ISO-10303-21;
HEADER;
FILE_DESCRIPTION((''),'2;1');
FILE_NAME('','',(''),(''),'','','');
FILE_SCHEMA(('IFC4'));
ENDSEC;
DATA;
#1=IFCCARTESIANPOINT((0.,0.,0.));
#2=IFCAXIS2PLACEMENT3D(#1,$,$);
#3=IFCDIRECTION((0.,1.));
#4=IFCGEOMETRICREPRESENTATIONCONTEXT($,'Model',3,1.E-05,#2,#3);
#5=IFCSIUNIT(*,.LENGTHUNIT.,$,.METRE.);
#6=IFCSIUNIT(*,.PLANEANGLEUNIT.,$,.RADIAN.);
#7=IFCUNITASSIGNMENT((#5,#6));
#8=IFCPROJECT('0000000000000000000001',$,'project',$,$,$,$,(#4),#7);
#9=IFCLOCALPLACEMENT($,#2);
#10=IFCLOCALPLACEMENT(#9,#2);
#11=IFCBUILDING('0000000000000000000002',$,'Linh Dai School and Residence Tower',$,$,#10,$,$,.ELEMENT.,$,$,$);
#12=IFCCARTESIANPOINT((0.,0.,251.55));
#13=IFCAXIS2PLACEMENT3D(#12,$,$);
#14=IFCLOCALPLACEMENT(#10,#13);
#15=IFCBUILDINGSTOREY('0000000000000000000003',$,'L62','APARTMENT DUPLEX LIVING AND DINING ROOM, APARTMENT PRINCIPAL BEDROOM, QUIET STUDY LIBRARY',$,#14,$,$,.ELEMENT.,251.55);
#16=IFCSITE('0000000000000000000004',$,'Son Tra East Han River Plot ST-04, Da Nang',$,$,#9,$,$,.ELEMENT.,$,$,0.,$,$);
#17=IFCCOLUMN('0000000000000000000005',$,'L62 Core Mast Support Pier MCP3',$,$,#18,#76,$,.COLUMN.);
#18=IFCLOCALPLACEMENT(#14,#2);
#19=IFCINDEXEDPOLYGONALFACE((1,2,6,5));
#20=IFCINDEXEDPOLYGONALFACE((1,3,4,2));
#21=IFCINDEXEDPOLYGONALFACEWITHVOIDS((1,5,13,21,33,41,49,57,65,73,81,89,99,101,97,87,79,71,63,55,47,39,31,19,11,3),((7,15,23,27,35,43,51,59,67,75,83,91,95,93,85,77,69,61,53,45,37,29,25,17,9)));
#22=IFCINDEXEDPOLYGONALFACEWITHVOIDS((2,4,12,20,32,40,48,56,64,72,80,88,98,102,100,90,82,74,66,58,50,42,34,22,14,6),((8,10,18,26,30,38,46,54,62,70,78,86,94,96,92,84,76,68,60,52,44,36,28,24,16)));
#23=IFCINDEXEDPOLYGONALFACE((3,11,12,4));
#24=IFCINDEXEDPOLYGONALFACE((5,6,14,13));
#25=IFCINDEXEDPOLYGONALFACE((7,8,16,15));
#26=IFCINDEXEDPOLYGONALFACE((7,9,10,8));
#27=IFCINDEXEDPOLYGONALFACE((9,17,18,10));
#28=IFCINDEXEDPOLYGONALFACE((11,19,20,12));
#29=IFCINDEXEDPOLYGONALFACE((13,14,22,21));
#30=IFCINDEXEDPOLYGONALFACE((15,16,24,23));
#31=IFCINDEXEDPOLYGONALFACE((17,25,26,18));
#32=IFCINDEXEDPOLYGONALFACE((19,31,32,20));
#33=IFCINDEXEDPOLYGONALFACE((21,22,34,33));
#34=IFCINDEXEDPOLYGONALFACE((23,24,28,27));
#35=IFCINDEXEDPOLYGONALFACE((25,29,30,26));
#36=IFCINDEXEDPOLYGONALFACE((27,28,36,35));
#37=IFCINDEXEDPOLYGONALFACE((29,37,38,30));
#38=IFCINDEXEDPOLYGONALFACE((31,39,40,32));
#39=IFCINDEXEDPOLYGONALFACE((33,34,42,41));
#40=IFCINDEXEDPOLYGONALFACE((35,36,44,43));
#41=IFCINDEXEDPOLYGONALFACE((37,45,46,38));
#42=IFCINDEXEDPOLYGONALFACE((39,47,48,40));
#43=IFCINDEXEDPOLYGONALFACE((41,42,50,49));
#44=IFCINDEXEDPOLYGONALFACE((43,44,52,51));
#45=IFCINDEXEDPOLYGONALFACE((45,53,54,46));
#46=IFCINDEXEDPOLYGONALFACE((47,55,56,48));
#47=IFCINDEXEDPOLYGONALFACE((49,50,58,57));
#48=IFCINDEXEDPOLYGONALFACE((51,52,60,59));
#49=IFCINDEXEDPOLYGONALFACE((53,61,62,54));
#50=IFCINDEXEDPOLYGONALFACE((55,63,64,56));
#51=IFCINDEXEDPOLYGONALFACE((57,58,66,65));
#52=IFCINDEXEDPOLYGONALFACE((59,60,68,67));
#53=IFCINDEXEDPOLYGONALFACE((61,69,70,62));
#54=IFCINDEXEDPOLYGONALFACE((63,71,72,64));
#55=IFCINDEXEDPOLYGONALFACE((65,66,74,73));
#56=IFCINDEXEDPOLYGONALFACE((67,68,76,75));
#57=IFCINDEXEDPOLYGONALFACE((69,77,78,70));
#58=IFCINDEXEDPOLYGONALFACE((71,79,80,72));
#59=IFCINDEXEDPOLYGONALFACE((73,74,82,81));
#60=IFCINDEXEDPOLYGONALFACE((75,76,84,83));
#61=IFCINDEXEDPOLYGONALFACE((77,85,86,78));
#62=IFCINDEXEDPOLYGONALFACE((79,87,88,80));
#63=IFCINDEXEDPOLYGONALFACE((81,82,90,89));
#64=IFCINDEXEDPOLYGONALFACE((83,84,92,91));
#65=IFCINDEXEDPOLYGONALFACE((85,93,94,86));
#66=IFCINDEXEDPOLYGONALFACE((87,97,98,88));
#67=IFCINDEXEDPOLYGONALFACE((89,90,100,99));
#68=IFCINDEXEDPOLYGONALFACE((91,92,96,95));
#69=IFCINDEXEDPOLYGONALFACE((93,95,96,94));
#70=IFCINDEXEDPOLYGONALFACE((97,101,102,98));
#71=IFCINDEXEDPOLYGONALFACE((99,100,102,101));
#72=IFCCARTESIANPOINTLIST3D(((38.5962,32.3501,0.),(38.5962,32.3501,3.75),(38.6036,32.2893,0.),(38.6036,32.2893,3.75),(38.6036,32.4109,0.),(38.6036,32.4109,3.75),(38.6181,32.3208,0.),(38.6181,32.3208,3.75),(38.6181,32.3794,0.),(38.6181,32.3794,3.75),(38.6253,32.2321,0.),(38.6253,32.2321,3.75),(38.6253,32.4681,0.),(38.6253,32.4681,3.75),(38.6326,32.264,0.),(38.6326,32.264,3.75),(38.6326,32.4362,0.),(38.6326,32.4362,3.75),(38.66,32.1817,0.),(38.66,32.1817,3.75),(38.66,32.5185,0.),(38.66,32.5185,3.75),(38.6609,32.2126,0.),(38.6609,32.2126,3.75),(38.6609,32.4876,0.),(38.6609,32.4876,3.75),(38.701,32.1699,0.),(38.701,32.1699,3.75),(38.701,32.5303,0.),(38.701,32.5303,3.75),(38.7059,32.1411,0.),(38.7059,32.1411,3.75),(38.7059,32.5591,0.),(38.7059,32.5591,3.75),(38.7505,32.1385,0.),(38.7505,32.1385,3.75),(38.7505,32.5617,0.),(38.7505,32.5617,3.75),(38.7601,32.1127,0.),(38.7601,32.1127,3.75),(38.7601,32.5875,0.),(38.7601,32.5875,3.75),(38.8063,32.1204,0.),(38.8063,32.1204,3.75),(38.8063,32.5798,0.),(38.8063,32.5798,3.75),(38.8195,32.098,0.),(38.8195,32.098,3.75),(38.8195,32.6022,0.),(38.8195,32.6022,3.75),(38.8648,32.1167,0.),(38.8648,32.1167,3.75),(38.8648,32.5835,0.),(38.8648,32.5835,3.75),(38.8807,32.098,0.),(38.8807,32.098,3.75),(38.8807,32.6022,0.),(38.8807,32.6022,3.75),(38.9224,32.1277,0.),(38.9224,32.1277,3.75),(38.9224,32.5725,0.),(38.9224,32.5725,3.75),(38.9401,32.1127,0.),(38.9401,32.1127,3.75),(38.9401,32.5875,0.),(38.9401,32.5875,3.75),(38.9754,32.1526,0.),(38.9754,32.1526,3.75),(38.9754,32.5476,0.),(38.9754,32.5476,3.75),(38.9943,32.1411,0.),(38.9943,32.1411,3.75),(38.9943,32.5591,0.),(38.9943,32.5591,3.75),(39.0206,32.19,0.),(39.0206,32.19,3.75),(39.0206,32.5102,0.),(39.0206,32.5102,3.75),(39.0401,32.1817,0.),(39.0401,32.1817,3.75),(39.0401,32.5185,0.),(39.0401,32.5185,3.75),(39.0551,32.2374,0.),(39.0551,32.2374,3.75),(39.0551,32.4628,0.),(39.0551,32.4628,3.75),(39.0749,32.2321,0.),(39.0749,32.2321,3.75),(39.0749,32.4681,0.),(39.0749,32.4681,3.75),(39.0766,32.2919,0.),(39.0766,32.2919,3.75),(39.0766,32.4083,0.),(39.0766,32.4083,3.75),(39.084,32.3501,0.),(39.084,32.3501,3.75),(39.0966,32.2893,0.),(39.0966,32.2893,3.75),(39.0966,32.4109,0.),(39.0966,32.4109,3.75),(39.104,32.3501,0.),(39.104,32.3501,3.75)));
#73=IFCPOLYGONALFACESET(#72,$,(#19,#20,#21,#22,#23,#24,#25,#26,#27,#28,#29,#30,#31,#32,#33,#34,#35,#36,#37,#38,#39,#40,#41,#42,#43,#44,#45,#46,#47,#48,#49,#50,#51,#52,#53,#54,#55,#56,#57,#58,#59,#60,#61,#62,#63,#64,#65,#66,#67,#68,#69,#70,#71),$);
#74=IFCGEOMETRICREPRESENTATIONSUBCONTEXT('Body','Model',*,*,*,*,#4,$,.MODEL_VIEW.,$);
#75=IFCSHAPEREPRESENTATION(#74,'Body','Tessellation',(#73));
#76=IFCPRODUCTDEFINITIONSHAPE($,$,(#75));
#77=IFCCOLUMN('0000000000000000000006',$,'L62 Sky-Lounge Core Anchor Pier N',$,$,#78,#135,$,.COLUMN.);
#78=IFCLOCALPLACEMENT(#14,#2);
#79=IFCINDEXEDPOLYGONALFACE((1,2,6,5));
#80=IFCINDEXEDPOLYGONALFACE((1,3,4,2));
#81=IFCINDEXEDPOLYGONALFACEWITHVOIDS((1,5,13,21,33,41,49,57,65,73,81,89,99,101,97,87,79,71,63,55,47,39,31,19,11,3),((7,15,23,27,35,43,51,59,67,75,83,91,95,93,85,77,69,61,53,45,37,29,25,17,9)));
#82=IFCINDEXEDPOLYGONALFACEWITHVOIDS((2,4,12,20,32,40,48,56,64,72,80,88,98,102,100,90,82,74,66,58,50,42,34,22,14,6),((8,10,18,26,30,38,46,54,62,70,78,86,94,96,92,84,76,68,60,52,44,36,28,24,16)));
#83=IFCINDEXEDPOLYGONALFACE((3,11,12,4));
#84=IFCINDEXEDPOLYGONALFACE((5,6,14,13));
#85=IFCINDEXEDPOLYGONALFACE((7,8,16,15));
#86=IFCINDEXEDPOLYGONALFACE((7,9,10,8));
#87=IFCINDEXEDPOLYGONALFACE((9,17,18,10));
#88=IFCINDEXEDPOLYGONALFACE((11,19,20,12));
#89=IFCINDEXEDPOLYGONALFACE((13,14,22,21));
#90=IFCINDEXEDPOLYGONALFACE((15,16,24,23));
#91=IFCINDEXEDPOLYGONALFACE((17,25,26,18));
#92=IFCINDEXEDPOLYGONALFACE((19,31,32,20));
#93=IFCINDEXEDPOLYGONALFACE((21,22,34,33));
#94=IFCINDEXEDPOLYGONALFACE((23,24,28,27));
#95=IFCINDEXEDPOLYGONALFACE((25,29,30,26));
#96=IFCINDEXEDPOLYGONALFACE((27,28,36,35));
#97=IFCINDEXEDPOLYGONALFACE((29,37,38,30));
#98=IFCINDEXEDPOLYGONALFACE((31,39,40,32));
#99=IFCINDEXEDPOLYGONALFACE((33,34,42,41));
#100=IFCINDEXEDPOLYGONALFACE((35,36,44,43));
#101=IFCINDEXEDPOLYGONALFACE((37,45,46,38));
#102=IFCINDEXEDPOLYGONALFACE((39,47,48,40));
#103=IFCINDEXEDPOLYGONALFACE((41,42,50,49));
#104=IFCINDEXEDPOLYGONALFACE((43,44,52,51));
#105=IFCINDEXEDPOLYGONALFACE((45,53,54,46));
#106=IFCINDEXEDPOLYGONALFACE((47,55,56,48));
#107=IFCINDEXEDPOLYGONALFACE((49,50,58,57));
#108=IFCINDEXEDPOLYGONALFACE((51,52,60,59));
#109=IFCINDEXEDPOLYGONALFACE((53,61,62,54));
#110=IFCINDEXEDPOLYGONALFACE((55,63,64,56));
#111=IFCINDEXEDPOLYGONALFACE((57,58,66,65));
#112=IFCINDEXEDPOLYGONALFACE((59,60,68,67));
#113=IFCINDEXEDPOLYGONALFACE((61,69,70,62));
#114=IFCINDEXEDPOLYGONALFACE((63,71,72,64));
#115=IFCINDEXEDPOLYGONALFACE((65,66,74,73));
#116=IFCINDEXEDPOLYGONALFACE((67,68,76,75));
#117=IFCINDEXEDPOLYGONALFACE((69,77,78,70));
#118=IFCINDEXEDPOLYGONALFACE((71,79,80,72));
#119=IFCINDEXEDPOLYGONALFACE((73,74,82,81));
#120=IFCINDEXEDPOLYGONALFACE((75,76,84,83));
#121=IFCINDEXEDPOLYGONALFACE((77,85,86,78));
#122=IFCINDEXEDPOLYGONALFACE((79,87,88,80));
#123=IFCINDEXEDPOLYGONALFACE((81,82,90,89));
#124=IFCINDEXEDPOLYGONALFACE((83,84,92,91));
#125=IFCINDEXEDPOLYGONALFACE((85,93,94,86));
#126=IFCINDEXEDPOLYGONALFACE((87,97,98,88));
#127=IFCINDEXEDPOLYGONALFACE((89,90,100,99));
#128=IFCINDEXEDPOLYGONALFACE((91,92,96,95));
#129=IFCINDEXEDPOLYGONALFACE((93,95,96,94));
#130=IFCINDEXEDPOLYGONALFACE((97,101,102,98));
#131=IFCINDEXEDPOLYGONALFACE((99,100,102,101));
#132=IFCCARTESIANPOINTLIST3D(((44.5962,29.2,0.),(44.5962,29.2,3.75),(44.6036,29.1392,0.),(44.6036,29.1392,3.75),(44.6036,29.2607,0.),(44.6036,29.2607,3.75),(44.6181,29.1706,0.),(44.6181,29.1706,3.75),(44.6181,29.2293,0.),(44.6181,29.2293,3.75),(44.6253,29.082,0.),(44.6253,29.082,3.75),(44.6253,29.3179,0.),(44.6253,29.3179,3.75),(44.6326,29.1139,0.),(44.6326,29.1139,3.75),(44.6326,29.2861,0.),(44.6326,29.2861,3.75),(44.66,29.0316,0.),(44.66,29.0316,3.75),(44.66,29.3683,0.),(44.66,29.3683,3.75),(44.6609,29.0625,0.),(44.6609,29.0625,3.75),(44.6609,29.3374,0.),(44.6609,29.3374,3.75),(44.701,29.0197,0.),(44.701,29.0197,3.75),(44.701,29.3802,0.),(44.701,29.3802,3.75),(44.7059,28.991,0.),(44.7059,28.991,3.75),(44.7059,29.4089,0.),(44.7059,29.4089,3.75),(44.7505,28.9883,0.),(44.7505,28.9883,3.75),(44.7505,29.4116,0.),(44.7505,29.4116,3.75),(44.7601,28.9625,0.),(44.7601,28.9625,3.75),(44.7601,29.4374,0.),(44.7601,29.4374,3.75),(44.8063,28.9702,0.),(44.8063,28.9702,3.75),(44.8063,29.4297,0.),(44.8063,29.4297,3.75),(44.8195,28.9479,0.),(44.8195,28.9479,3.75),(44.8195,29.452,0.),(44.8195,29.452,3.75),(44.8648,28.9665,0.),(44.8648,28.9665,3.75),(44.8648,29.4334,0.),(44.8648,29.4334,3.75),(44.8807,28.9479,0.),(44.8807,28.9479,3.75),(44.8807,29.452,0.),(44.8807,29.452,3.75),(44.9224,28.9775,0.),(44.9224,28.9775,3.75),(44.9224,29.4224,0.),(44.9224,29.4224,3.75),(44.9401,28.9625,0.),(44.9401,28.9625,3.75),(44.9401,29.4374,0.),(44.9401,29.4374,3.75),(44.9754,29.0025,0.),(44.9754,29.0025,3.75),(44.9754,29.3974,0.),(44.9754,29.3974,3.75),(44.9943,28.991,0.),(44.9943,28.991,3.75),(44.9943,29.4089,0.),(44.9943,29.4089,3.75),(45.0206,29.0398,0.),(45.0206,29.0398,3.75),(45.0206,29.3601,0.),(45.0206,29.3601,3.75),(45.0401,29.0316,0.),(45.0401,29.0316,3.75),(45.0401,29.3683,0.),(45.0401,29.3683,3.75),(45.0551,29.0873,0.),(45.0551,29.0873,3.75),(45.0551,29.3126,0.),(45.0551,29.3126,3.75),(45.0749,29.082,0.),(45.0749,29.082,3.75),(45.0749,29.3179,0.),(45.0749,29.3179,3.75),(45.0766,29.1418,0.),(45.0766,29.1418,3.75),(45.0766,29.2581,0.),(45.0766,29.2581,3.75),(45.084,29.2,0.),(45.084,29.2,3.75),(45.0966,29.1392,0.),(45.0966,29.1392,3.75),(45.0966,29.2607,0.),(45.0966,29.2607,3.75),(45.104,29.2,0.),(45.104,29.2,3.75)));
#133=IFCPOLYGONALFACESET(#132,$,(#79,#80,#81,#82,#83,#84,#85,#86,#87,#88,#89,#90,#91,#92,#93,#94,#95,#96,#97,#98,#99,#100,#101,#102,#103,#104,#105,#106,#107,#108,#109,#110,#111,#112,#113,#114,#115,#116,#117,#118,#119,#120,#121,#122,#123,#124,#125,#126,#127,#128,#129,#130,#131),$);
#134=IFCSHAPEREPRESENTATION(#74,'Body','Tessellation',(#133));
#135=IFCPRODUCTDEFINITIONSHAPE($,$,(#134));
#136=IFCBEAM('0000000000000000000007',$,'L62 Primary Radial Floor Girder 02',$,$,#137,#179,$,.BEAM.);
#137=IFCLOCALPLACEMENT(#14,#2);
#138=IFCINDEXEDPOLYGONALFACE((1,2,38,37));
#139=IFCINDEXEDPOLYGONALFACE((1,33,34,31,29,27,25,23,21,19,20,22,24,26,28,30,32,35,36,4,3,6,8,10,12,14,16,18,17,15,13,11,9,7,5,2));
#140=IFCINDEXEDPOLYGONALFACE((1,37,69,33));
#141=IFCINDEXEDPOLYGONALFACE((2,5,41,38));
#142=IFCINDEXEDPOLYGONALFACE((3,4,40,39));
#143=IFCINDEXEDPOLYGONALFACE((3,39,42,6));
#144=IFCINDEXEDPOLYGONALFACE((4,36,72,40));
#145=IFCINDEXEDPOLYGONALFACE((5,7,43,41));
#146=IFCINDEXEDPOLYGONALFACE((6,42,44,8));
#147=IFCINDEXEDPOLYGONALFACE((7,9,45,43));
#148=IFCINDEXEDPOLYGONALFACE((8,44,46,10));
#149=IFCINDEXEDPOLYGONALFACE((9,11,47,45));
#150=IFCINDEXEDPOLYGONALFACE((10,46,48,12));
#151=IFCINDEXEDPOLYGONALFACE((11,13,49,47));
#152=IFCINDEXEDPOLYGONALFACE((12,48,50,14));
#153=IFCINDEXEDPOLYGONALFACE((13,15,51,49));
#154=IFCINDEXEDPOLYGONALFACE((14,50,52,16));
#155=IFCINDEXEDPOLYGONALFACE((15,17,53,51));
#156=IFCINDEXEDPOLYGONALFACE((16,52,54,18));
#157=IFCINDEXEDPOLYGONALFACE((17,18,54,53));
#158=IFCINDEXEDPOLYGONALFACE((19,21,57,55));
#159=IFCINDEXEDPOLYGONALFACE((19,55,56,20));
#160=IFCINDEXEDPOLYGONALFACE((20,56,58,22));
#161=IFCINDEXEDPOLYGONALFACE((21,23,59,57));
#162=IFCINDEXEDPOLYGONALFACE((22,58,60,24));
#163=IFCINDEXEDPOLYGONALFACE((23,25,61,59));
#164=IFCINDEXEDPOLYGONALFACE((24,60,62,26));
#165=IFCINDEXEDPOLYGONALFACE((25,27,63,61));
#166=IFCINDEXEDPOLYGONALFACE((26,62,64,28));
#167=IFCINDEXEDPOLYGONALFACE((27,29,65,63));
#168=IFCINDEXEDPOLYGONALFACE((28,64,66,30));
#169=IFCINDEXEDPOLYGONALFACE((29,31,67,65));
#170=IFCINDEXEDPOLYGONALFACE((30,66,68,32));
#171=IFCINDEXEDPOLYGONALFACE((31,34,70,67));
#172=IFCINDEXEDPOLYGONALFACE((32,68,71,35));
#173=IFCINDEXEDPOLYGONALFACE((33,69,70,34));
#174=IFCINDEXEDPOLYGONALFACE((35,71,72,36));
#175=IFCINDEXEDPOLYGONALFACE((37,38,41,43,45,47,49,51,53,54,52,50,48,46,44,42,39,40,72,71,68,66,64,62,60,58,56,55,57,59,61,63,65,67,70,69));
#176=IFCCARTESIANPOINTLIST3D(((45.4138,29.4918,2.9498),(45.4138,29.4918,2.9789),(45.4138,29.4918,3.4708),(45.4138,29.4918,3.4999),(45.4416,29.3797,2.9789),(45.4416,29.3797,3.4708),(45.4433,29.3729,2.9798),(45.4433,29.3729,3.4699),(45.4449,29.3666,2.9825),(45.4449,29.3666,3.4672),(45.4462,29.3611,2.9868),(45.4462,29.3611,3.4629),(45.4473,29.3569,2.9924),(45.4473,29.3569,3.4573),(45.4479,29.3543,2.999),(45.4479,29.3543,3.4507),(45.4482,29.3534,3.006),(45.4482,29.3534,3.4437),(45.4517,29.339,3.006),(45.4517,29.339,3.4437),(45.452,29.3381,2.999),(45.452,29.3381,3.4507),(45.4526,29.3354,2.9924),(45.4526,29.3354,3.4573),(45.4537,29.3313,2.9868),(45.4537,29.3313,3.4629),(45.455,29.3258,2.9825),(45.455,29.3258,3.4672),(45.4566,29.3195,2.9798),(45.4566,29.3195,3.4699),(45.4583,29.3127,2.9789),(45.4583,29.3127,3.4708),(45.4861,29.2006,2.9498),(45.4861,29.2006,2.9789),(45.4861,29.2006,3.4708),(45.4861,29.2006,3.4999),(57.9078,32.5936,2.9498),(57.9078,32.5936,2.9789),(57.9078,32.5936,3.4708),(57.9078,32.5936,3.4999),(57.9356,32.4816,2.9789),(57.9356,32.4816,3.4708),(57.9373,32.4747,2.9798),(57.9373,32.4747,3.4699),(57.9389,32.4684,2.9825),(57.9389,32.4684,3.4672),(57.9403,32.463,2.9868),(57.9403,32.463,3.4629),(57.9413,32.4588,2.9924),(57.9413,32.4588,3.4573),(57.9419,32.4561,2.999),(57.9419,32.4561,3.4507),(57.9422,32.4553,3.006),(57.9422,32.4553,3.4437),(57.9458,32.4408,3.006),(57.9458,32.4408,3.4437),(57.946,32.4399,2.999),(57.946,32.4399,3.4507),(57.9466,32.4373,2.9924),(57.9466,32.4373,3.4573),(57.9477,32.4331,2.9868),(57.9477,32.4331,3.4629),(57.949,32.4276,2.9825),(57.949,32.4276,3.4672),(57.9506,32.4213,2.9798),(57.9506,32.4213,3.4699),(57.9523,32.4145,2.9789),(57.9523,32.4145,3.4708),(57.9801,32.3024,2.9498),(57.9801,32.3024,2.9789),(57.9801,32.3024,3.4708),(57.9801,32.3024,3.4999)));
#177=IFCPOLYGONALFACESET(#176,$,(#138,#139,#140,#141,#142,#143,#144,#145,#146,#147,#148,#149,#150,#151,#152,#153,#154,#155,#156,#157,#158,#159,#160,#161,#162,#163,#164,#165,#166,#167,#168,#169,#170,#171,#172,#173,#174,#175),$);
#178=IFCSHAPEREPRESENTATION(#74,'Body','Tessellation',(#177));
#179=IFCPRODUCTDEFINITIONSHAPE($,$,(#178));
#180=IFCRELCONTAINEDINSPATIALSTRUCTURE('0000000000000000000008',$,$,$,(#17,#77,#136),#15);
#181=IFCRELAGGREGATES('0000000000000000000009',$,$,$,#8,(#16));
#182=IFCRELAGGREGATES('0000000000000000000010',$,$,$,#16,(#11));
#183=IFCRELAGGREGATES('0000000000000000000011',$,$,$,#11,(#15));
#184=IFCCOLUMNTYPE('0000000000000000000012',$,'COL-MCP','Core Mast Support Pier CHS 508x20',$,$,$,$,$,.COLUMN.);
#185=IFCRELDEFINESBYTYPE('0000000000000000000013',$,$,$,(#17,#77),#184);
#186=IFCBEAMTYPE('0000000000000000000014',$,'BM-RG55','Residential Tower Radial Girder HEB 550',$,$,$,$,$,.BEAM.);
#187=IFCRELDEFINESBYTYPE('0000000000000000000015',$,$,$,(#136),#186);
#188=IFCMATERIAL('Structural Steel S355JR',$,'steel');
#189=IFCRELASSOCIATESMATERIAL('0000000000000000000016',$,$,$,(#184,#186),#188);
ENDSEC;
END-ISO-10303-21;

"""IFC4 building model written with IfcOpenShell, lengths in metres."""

from ifc_helpers import new_model, si_unit, direction, frame, origin, origin_2d, place, context, subcontext, project, spatial, hollow_circle, i_section, extrude, material, material_profile, profile_set, type_object, element, save


model = new_model("IFC4")

# Units and contexts
model_context = context("Model", 3, precision=1e-05, world=origin(), true_north=direction((0.0, 1.0)))
body_context = subcontext(model_context, "Body", "Model", "MODEL_VIEW")
ifc_project = project(units=[si_unit("LENGTHUNIT", "METRE"), si_unit("PLANEANGLEUNIT", "RADIAN")], contexts=[model_context])

# Site, building, storey
site_placement = place(None, origin())
site = spatial("IfcSite", under=ifc_project, at=site_placement, Name="Son Tra East Han River Plot ST-04, Da Nang", CompositionType="ELEMENT", RefElevation=0.0)
building_placement = place(site_placement, origin())
building = spatial("IfcBuilding", under=site, at=building_placement, Name="Linh Dai School and Residence Tower", CompositionType="ELEMENT")
storey_placement = place(building_placement, frame((0.0, 0.0, 251.55)))
storey = spatial("IfcBuildingStorey", under=building, at=storey_placement, Name="L62", Description="APARTMENT DUPLEX LIVING AND DINING ROOM, APARTMENT PRINCIPAL BEDROOM, QUIET STUDY LIBRARY", CompositionType="ELEMENT", Elevation=251.55)

# Columns
ifc_material_1 = material(Name="Structural Steel S355JR", Category="steel")
ifc_material_profile_1 = material_profile(ifc_material_1, hollow_circle(Radius=0.2539, WallThickness=0.02, at=origin_2d()), Name="CHS 508x20")
ifc_profile_set_1 = profile_set([ifc_material_profile_1], Name="Structural Steel S355JR")
column_type_1 = type_object("IfcColumnType", Name="COL-MCP", Description="Core Mast Support Pier CHS 508x20", PredefinedType="COLUMN", material=ifc_profile_set_1)
for number, where, z_axis, x_axis, name in (
    (1, (38.8501, 32.3501, 0.0), (0.0, 0.0, 1.0), (1.0, 0.0, 0.0), "L62 Core Mast Support Pier MCP3"),
    (2, (44.8501, 29.2, 0.0), (0.0, 0.0, 1.0), (1.0, 0.0, 0.0), "L62 Sky-Lounge Core Anchor Pier N"),
):
    element("IfcColumn", number, at=place(storey_placement, frame(where, z_axis=z_axis, x_axis=x_axis)), inside=storey, type_object=column_type_1, Name=name, PredefinedType="COLUMN", context=body_context, shape_type="SweptSolid", body=[
        extrude(hollow_circle(Radius=0.2539, WallThickness=0.02, at=origin_2d()), origin(), (0.0, 0.0, 1.0), 3.75),
    ])

# Beam
ifc_material_profile_2 = material_profile(ifc_material_1, i_section(OverallWidth=0.3, OverallDepth=0.55, WebThickness=0.0149, FlangeThickness=0.0291, FilletRadius=0.0271, at=origin_2d()), Name="HEB 550")
ifc_profile_set_2 = profile_set([ifc_material_profile_2], Name="Structural Steel S355JR")
beam_type_1 = type_object("IfcBeamType", Name="BM-RG55", Description="Residential Tower Radial Girder HEB 550", PredefinedType="BEAM", material=ifc_profile_set_2)
beam_1_placement = place(storey_placement, frame((45.45, 29.3462, 3.2249), z_axis=(0.970537, 0.240951, 0.0), x_axis=(-0.240951, 0.970537, 0.0)))
element("IfcBeam", 3, at=beam_1_placement, inside=storey, type_object=beam_type_1, Name="L62 Primary Radial Floor Girder 02", PredefinedType="BEAM", context=body_context, shape_type="SweptSolid", body=[
    extrude(i_section(OverallWidth=0.3, OverallDepth=0.55, WebThickness=0.0149, FlangeThickness=0.0291, FilletRadius=0.0271, at=origin_2d()), origin(), (0.0, 0.0, 1.0), 12.8733),
])

save(model, "model.ifc")
